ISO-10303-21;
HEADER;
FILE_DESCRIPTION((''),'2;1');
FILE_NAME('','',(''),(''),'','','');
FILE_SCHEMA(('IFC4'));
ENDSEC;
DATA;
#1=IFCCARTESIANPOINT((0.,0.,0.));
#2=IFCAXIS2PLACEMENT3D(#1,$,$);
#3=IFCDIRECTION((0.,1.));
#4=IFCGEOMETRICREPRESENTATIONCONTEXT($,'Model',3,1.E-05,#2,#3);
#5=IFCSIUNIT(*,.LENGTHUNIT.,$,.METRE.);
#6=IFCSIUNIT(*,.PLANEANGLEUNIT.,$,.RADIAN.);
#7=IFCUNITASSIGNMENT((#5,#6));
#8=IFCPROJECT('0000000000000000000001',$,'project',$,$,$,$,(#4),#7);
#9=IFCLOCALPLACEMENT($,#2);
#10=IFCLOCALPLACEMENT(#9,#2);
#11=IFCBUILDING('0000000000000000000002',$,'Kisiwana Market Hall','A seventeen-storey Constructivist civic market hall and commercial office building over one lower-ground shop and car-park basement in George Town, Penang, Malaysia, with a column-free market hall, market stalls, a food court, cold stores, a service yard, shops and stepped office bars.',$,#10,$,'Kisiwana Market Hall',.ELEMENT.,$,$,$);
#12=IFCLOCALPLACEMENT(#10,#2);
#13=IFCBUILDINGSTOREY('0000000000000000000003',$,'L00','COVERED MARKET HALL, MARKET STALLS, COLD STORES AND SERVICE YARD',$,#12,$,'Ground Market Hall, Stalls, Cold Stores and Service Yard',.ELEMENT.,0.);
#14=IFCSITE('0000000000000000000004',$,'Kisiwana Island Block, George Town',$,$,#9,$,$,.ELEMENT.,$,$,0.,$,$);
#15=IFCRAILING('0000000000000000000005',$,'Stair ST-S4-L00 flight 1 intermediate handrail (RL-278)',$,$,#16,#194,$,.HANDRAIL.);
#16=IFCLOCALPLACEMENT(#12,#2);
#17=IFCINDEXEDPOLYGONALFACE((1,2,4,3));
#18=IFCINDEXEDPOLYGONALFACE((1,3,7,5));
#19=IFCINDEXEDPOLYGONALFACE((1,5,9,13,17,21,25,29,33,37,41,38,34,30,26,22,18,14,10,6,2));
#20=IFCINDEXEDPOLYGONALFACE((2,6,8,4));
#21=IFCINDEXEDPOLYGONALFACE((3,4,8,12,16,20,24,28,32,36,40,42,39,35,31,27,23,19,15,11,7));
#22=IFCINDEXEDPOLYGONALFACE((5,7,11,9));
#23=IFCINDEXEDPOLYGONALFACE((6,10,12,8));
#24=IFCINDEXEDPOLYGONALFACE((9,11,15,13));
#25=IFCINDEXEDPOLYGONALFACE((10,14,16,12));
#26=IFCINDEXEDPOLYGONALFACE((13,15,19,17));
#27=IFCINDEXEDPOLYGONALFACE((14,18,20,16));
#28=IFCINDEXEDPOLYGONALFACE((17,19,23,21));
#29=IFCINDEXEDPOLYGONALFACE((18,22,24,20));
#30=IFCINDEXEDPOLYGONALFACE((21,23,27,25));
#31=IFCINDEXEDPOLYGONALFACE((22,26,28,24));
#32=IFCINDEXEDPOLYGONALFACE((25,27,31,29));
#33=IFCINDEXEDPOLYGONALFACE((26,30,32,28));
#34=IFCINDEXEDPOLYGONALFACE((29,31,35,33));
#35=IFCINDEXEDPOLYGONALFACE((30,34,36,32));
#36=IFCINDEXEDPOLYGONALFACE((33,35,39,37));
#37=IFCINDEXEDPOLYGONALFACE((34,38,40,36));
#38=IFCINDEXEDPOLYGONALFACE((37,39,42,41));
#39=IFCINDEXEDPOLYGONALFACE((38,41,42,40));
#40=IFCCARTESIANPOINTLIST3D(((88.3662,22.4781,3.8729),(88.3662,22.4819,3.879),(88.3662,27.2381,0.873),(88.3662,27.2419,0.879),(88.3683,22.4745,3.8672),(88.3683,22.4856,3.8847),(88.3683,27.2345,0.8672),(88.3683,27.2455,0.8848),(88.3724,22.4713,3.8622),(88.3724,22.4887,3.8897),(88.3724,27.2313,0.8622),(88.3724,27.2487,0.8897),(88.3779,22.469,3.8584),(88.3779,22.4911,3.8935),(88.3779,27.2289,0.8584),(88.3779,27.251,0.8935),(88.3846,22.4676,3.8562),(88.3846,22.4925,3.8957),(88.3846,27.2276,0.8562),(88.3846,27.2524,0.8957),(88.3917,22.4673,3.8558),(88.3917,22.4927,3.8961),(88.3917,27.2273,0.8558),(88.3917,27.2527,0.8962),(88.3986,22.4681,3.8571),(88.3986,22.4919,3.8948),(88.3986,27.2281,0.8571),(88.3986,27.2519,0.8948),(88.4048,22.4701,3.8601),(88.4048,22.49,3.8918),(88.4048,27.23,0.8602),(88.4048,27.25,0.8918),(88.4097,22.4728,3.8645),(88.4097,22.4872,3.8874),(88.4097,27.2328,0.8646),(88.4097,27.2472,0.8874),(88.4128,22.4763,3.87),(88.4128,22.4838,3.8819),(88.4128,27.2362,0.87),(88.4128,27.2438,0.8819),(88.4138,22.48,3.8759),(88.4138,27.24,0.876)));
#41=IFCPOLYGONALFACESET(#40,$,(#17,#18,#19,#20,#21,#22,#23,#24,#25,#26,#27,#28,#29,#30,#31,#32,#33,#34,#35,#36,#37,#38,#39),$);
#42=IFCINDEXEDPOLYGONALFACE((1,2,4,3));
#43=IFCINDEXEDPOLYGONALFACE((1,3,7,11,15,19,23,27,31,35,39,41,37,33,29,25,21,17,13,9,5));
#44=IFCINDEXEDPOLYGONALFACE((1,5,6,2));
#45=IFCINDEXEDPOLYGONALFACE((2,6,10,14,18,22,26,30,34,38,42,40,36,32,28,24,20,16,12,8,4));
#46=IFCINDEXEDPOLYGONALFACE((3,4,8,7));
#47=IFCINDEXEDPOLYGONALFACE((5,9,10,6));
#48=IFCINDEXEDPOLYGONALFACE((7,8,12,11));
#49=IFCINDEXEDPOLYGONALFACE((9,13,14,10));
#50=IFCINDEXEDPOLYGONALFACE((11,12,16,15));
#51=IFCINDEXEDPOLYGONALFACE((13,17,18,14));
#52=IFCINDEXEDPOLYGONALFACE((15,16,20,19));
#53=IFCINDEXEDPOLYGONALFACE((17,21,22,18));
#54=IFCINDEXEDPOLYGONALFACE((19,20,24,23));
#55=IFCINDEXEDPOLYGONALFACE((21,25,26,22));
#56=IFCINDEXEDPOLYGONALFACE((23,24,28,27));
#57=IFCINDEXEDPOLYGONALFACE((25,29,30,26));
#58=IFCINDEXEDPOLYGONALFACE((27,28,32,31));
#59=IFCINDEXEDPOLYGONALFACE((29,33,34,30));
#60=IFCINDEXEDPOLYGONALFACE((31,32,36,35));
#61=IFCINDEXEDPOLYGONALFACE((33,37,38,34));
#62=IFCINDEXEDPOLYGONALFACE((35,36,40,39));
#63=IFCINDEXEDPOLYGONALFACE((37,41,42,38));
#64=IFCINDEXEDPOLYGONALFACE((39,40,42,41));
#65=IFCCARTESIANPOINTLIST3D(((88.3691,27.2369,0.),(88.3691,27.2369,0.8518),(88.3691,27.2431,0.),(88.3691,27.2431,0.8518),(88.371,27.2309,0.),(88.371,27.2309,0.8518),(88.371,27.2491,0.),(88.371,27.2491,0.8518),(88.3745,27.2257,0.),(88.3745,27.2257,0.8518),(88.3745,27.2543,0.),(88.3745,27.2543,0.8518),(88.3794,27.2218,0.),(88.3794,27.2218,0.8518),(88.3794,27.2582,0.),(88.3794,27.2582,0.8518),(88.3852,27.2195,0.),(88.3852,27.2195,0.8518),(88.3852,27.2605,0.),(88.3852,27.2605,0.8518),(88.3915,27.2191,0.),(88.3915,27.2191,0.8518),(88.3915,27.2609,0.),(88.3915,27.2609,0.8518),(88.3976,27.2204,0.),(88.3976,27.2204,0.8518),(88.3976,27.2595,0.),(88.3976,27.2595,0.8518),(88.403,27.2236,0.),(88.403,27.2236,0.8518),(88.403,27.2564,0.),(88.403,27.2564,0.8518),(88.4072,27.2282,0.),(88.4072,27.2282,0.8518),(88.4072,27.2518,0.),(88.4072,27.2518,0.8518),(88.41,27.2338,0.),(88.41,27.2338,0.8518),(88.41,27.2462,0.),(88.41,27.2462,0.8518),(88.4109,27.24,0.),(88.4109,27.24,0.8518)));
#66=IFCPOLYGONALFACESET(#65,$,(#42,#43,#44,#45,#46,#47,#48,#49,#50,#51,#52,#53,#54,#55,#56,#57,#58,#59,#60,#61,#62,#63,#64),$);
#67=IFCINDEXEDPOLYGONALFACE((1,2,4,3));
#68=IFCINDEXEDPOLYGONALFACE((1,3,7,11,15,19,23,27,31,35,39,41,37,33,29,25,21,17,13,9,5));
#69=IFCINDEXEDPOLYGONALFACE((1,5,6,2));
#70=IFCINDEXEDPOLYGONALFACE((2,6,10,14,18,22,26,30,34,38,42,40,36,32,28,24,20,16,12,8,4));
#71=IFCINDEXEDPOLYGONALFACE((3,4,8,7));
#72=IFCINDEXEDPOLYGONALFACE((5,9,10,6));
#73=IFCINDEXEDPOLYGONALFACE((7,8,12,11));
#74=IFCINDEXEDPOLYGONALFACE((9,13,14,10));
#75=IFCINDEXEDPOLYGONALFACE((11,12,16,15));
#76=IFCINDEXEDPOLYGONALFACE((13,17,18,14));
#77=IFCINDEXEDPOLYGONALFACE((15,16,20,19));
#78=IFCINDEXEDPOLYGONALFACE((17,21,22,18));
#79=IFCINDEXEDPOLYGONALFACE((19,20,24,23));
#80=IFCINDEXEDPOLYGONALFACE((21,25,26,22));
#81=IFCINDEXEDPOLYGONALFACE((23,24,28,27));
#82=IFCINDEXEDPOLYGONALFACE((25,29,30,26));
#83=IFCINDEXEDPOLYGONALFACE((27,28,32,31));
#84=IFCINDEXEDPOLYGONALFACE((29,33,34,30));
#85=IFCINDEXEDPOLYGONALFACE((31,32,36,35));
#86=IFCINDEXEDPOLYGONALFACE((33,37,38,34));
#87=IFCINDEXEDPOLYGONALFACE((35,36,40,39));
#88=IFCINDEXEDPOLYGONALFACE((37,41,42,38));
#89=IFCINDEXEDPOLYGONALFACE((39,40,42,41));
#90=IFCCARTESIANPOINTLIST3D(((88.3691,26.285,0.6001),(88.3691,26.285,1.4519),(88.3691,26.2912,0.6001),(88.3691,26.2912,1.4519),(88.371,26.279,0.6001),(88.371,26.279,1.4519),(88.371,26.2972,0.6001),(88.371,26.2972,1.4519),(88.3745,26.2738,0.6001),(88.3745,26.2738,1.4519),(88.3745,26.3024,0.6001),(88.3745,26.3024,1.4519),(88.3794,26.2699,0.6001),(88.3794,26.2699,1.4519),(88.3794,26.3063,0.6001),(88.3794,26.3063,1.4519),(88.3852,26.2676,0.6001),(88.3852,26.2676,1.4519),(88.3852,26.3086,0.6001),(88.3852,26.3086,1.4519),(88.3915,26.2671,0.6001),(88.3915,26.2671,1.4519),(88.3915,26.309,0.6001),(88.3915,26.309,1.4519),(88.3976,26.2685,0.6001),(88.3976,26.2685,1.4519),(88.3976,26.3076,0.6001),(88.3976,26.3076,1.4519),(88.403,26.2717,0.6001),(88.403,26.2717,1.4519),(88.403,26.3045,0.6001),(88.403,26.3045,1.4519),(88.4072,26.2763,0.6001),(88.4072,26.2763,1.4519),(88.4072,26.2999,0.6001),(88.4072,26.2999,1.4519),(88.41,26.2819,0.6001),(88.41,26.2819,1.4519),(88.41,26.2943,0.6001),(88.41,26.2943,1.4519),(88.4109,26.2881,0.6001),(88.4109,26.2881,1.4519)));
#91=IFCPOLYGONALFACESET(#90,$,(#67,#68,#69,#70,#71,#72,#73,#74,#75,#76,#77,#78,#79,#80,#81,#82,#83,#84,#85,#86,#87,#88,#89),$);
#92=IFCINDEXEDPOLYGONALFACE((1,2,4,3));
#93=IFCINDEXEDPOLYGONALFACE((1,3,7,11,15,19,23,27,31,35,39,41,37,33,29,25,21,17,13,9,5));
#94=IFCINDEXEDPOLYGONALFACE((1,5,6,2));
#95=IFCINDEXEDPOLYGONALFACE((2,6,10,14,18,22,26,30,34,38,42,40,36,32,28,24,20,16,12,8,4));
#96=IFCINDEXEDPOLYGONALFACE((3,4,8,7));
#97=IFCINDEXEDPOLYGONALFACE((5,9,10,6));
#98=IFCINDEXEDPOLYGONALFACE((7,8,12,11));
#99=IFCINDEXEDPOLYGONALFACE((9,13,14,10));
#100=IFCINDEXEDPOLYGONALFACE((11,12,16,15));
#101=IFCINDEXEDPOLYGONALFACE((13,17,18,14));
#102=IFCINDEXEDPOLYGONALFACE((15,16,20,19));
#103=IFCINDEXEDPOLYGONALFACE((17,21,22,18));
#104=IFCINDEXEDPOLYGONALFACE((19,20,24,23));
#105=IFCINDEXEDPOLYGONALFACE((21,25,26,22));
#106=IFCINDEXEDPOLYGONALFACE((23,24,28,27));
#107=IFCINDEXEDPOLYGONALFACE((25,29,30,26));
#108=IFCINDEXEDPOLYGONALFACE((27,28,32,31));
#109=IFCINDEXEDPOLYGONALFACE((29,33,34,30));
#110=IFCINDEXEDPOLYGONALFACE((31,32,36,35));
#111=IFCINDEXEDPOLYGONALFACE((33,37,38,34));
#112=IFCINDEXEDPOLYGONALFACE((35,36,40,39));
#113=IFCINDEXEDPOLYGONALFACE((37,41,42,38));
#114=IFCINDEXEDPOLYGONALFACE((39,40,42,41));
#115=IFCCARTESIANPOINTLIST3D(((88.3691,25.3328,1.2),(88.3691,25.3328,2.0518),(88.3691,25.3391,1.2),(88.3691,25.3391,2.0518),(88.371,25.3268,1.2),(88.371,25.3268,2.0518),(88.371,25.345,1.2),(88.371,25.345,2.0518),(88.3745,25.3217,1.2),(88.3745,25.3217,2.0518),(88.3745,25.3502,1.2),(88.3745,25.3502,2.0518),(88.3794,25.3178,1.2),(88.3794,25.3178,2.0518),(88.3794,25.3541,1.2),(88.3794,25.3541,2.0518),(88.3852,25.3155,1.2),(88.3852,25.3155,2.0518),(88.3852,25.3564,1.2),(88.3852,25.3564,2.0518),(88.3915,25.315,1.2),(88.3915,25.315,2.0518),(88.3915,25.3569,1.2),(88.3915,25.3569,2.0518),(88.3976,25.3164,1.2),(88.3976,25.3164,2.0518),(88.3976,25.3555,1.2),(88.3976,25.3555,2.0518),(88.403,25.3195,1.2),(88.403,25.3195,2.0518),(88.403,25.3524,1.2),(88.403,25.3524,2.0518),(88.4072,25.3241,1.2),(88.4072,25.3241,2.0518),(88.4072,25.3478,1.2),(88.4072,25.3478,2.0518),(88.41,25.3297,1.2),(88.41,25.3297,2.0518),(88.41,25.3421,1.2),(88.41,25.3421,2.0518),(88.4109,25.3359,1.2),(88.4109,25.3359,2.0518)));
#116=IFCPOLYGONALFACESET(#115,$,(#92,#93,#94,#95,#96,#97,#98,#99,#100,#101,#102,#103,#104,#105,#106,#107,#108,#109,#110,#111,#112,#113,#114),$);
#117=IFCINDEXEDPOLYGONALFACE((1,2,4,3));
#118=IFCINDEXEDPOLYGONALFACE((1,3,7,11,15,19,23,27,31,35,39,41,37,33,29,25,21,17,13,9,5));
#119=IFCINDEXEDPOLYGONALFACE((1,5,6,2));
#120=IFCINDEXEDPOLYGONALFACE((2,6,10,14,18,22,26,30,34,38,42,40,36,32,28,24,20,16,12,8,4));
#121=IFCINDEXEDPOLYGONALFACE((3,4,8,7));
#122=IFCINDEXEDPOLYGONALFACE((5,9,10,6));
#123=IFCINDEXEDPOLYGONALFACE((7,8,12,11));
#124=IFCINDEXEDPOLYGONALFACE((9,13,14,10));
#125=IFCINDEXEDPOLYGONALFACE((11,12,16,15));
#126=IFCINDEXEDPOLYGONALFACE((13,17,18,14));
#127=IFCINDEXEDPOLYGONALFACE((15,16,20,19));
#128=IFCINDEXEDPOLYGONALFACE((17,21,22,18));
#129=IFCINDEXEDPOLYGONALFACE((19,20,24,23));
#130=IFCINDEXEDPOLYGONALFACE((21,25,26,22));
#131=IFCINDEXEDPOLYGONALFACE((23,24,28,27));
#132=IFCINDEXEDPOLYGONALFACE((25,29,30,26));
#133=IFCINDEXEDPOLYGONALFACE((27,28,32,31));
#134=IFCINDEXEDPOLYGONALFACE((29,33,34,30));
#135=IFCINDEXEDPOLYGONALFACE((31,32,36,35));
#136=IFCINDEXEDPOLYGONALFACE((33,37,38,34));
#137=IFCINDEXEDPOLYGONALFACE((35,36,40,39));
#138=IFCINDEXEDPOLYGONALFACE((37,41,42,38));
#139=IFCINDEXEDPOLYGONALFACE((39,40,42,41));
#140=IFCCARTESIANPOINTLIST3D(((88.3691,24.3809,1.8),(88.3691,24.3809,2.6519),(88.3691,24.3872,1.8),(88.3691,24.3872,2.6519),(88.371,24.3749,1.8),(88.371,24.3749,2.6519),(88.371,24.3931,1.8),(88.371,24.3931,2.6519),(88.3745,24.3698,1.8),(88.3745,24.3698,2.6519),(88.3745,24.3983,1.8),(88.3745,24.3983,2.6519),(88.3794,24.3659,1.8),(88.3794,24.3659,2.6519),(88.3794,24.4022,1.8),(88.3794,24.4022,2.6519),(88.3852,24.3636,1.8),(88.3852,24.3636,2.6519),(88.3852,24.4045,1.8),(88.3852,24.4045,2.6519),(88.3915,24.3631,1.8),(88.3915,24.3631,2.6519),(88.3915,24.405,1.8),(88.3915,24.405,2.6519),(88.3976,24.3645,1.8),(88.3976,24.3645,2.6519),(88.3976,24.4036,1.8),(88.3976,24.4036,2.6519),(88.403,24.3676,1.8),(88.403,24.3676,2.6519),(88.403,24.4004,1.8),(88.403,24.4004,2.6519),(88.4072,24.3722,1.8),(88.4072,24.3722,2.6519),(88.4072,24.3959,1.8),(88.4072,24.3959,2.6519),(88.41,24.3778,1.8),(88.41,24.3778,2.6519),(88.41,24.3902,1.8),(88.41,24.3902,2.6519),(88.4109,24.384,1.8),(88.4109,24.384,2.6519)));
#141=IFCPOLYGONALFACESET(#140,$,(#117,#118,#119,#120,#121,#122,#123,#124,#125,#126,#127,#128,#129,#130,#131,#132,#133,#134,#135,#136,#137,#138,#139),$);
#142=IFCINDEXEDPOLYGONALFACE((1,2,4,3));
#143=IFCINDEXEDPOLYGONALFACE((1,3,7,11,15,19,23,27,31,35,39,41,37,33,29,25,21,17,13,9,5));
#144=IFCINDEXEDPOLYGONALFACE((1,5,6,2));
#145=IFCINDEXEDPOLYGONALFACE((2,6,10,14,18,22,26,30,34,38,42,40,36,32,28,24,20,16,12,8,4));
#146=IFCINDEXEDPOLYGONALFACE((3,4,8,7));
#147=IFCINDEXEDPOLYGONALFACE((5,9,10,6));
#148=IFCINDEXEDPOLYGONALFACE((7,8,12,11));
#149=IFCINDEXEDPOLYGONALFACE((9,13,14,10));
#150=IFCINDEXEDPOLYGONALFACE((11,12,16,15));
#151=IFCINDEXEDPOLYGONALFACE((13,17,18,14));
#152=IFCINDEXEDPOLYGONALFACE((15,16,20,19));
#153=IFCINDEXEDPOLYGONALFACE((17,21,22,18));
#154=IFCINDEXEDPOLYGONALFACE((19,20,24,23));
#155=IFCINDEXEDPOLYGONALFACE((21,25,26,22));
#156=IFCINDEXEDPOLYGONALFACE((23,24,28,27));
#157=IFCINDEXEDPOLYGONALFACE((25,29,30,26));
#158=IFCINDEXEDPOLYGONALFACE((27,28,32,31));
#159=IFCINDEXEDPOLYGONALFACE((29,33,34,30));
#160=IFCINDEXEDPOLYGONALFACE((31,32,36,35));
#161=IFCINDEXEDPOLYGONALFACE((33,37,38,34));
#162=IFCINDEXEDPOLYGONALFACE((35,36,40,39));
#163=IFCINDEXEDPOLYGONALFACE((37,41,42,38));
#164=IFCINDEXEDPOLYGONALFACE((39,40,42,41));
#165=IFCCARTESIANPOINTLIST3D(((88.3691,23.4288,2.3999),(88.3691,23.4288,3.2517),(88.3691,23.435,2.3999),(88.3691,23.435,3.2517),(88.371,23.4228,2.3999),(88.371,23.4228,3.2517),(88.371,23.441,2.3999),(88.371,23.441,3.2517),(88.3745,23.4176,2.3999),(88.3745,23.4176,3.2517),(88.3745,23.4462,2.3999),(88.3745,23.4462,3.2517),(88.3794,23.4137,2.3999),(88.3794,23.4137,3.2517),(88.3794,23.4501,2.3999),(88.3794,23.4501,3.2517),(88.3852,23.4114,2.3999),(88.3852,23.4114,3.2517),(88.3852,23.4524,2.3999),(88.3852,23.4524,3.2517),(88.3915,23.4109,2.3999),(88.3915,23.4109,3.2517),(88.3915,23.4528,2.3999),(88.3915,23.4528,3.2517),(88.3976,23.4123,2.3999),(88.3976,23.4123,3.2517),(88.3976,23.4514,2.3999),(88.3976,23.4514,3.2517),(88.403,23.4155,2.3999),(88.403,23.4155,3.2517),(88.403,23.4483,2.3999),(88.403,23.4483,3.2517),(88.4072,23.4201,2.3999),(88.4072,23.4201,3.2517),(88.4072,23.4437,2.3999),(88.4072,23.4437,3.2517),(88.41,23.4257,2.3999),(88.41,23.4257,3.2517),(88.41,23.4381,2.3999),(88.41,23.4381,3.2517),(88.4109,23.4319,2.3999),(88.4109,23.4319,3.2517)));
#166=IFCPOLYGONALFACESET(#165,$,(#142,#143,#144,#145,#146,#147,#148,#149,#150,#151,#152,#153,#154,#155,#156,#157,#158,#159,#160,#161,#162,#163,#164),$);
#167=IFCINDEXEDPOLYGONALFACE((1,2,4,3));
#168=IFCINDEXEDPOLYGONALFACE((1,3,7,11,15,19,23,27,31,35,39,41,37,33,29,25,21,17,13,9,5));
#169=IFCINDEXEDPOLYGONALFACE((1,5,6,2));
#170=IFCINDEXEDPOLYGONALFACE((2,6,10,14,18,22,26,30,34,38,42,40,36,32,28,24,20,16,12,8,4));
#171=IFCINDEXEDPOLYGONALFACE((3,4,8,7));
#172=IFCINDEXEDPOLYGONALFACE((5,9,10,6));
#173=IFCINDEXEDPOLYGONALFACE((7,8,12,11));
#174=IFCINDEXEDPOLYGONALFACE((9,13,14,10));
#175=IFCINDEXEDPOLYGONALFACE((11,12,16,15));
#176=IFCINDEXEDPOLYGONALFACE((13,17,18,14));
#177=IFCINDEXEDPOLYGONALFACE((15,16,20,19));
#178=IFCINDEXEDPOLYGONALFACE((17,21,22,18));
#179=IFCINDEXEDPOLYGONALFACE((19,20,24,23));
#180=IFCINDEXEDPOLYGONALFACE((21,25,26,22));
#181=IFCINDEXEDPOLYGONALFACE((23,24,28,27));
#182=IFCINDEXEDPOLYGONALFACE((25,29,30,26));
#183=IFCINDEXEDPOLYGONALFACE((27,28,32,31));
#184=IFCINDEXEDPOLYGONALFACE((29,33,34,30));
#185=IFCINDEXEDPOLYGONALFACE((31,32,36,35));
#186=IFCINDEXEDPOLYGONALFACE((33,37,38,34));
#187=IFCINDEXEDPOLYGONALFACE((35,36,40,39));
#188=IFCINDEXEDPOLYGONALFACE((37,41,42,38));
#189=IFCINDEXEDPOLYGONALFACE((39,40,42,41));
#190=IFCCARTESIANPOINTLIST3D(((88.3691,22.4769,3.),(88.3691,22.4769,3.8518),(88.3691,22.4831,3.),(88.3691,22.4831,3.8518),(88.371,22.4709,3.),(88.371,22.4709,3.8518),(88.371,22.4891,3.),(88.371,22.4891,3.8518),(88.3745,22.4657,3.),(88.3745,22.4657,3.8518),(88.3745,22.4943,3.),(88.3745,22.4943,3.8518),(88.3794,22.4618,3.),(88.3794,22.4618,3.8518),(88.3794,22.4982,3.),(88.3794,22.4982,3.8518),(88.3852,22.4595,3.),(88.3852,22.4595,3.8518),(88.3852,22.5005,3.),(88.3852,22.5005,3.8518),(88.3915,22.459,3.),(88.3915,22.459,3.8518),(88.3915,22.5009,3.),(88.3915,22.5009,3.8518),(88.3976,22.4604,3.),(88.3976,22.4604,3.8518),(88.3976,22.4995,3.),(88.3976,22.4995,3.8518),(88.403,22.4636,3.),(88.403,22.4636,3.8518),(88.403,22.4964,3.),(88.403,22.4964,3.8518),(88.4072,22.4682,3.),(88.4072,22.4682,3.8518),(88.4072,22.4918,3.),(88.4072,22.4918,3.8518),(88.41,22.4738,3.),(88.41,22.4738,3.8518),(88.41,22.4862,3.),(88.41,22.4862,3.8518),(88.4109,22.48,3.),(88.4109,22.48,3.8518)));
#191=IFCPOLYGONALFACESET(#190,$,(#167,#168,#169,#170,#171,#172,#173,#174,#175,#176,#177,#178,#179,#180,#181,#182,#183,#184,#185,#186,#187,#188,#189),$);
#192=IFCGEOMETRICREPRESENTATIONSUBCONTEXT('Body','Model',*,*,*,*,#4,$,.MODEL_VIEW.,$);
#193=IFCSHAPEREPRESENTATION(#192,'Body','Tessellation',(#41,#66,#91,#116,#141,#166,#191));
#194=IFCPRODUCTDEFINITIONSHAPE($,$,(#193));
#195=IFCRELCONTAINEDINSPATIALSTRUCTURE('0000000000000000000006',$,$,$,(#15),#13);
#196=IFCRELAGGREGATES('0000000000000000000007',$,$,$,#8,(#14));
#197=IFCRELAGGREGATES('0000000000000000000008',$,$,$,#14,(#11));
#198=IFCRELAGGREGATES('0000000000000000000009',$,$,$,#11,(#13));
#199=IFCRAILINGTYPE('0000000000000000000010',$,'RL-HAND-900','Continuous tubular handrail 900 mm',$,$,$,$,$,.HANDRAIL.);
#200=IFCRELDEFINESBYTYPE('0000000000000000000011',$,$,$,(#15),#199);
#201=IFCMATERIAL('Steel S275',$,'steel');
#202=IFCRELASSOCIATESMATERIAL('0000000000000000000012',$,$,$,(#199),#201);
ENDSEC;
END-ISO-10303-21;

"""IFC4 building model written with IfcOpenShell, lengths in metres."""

from ifc_helpers import new_model, si_unit, direction, frame, origin, origin_2d, place, context, subcontext, project, spatial, circle, extrude, material, type_object, element, save


model = new_model("IFC4")

# Units and contexts
model_context = context("Model", 3, precision=1e-05, world=origin(), true_north=direction((0.0, 1.0)))
body_context = subcontext(model_context, "Body", "Model", "MODEL_VIEW")
ifc_project = project(units=[si_unit("LENGTHUNIT", "METRE"), si_unit("PLANEANGLEUNIT", "RADIAN")], contexts=[model_context])

# Site, building, storey
site_placement = place(None, origin())
site = spatial("IfcSite", under=ifc_project, at=site_placement, Name="Kisiwana Island Block, George Town", CompositionType="ELEMENT", RefElevation=0.0)
building_placement = place(site_placement, origin())
building = spatial("IfcBuilding", under=site, at=building_placement, Name="Kisiwana Market Hall", Description="A seventeen-storey Constructivist civic market hall and commercial office building over one lower-ground shop and car-park basement in George Town, Penang, Malaysia, with a column-free market hall, market stalls, a food court, cold stores, a service yard, shops and stepped office bars.", LongName="Kisiwana Market Hall", CompositionType="ELEMENT")
storey_placement = place(building_placement, origin())
storey = spatial("IfcBuildingStorey", under=building, at=storey_placement, Name="L00", Description="COVERED MARKET HALL, MARKET STALLS, COLD STORES AND SERVICE YARD", LongName="Ground Market Hall, Stalls, Cold Stores and Service Yard", CompositionType="ELEMENT", Elevation=0.0)

# Railing
ifc_material_1 = material(Name="Steel S275", Category="steel")
railing_type = type_object("IfcRailingType", Name="RL-HAND-900", Description="Continuous tubular handrail 900 mm", PredefinedType="HANDRAIL", material=ifc_material_1)
for number, where, name in (
    (1, (88.3899, 27.24, 0.0), "Stair ST-S4-L00 flight 1 intermediate handrail (RL-278)"),
):
    element("IfcRailing", number, at=place(storey_placement, frame(where)), inside=storey, type_object=railing_type, Name=name, PredefinedType="HANDRAIL", context=body_context, shape_type="SweptSolid", body=[
        extrude(circle(Radius=0.0239, at=origin_2d()), frame((0.0, 0.0, 0.876), z_axis=(0.0, -0.845996, 0.53319), x_axis=(1.0, 0.0, 0.0)), (0.0, 0.0, 1.0), 5.6265),
        extrude(circle(Radius=0.021, at=origin_2d()), origin(), (0.0, 0.0, 1.0), 0.8518),
        extrude(circle(Radius=0.021, at=origin_2d()), frame((0.0, -0.9519, 0.6001)), (0.0, 0.0, 1.0), 0.8518),
        extrude(circle(Radius=0.021, at=origin_2d()), frame((0.0, -1.9041, 1.2)), (0.0, 0.0, 1.0), 0.8518),
        extrude(circle(Radius=0.021, at=origin_2d()), frame((0.0, -2.856, 1.8)), (0.0, 0.0, 1.0), 0.8518),
        extrude(circle(Radius=0.021, at=origin_2d()), frame((0.0, -3.8081, 2.3999)), (0.0, 0.0, 1.0), 0.8518),
        extrude(circle(Radius=0.021, at=origin_2d()), frame((0.0, -4.76, 3.0)), (0.0, 0.0, 1.0), 0.8518),
    ])

save(model, "model.ifc")
